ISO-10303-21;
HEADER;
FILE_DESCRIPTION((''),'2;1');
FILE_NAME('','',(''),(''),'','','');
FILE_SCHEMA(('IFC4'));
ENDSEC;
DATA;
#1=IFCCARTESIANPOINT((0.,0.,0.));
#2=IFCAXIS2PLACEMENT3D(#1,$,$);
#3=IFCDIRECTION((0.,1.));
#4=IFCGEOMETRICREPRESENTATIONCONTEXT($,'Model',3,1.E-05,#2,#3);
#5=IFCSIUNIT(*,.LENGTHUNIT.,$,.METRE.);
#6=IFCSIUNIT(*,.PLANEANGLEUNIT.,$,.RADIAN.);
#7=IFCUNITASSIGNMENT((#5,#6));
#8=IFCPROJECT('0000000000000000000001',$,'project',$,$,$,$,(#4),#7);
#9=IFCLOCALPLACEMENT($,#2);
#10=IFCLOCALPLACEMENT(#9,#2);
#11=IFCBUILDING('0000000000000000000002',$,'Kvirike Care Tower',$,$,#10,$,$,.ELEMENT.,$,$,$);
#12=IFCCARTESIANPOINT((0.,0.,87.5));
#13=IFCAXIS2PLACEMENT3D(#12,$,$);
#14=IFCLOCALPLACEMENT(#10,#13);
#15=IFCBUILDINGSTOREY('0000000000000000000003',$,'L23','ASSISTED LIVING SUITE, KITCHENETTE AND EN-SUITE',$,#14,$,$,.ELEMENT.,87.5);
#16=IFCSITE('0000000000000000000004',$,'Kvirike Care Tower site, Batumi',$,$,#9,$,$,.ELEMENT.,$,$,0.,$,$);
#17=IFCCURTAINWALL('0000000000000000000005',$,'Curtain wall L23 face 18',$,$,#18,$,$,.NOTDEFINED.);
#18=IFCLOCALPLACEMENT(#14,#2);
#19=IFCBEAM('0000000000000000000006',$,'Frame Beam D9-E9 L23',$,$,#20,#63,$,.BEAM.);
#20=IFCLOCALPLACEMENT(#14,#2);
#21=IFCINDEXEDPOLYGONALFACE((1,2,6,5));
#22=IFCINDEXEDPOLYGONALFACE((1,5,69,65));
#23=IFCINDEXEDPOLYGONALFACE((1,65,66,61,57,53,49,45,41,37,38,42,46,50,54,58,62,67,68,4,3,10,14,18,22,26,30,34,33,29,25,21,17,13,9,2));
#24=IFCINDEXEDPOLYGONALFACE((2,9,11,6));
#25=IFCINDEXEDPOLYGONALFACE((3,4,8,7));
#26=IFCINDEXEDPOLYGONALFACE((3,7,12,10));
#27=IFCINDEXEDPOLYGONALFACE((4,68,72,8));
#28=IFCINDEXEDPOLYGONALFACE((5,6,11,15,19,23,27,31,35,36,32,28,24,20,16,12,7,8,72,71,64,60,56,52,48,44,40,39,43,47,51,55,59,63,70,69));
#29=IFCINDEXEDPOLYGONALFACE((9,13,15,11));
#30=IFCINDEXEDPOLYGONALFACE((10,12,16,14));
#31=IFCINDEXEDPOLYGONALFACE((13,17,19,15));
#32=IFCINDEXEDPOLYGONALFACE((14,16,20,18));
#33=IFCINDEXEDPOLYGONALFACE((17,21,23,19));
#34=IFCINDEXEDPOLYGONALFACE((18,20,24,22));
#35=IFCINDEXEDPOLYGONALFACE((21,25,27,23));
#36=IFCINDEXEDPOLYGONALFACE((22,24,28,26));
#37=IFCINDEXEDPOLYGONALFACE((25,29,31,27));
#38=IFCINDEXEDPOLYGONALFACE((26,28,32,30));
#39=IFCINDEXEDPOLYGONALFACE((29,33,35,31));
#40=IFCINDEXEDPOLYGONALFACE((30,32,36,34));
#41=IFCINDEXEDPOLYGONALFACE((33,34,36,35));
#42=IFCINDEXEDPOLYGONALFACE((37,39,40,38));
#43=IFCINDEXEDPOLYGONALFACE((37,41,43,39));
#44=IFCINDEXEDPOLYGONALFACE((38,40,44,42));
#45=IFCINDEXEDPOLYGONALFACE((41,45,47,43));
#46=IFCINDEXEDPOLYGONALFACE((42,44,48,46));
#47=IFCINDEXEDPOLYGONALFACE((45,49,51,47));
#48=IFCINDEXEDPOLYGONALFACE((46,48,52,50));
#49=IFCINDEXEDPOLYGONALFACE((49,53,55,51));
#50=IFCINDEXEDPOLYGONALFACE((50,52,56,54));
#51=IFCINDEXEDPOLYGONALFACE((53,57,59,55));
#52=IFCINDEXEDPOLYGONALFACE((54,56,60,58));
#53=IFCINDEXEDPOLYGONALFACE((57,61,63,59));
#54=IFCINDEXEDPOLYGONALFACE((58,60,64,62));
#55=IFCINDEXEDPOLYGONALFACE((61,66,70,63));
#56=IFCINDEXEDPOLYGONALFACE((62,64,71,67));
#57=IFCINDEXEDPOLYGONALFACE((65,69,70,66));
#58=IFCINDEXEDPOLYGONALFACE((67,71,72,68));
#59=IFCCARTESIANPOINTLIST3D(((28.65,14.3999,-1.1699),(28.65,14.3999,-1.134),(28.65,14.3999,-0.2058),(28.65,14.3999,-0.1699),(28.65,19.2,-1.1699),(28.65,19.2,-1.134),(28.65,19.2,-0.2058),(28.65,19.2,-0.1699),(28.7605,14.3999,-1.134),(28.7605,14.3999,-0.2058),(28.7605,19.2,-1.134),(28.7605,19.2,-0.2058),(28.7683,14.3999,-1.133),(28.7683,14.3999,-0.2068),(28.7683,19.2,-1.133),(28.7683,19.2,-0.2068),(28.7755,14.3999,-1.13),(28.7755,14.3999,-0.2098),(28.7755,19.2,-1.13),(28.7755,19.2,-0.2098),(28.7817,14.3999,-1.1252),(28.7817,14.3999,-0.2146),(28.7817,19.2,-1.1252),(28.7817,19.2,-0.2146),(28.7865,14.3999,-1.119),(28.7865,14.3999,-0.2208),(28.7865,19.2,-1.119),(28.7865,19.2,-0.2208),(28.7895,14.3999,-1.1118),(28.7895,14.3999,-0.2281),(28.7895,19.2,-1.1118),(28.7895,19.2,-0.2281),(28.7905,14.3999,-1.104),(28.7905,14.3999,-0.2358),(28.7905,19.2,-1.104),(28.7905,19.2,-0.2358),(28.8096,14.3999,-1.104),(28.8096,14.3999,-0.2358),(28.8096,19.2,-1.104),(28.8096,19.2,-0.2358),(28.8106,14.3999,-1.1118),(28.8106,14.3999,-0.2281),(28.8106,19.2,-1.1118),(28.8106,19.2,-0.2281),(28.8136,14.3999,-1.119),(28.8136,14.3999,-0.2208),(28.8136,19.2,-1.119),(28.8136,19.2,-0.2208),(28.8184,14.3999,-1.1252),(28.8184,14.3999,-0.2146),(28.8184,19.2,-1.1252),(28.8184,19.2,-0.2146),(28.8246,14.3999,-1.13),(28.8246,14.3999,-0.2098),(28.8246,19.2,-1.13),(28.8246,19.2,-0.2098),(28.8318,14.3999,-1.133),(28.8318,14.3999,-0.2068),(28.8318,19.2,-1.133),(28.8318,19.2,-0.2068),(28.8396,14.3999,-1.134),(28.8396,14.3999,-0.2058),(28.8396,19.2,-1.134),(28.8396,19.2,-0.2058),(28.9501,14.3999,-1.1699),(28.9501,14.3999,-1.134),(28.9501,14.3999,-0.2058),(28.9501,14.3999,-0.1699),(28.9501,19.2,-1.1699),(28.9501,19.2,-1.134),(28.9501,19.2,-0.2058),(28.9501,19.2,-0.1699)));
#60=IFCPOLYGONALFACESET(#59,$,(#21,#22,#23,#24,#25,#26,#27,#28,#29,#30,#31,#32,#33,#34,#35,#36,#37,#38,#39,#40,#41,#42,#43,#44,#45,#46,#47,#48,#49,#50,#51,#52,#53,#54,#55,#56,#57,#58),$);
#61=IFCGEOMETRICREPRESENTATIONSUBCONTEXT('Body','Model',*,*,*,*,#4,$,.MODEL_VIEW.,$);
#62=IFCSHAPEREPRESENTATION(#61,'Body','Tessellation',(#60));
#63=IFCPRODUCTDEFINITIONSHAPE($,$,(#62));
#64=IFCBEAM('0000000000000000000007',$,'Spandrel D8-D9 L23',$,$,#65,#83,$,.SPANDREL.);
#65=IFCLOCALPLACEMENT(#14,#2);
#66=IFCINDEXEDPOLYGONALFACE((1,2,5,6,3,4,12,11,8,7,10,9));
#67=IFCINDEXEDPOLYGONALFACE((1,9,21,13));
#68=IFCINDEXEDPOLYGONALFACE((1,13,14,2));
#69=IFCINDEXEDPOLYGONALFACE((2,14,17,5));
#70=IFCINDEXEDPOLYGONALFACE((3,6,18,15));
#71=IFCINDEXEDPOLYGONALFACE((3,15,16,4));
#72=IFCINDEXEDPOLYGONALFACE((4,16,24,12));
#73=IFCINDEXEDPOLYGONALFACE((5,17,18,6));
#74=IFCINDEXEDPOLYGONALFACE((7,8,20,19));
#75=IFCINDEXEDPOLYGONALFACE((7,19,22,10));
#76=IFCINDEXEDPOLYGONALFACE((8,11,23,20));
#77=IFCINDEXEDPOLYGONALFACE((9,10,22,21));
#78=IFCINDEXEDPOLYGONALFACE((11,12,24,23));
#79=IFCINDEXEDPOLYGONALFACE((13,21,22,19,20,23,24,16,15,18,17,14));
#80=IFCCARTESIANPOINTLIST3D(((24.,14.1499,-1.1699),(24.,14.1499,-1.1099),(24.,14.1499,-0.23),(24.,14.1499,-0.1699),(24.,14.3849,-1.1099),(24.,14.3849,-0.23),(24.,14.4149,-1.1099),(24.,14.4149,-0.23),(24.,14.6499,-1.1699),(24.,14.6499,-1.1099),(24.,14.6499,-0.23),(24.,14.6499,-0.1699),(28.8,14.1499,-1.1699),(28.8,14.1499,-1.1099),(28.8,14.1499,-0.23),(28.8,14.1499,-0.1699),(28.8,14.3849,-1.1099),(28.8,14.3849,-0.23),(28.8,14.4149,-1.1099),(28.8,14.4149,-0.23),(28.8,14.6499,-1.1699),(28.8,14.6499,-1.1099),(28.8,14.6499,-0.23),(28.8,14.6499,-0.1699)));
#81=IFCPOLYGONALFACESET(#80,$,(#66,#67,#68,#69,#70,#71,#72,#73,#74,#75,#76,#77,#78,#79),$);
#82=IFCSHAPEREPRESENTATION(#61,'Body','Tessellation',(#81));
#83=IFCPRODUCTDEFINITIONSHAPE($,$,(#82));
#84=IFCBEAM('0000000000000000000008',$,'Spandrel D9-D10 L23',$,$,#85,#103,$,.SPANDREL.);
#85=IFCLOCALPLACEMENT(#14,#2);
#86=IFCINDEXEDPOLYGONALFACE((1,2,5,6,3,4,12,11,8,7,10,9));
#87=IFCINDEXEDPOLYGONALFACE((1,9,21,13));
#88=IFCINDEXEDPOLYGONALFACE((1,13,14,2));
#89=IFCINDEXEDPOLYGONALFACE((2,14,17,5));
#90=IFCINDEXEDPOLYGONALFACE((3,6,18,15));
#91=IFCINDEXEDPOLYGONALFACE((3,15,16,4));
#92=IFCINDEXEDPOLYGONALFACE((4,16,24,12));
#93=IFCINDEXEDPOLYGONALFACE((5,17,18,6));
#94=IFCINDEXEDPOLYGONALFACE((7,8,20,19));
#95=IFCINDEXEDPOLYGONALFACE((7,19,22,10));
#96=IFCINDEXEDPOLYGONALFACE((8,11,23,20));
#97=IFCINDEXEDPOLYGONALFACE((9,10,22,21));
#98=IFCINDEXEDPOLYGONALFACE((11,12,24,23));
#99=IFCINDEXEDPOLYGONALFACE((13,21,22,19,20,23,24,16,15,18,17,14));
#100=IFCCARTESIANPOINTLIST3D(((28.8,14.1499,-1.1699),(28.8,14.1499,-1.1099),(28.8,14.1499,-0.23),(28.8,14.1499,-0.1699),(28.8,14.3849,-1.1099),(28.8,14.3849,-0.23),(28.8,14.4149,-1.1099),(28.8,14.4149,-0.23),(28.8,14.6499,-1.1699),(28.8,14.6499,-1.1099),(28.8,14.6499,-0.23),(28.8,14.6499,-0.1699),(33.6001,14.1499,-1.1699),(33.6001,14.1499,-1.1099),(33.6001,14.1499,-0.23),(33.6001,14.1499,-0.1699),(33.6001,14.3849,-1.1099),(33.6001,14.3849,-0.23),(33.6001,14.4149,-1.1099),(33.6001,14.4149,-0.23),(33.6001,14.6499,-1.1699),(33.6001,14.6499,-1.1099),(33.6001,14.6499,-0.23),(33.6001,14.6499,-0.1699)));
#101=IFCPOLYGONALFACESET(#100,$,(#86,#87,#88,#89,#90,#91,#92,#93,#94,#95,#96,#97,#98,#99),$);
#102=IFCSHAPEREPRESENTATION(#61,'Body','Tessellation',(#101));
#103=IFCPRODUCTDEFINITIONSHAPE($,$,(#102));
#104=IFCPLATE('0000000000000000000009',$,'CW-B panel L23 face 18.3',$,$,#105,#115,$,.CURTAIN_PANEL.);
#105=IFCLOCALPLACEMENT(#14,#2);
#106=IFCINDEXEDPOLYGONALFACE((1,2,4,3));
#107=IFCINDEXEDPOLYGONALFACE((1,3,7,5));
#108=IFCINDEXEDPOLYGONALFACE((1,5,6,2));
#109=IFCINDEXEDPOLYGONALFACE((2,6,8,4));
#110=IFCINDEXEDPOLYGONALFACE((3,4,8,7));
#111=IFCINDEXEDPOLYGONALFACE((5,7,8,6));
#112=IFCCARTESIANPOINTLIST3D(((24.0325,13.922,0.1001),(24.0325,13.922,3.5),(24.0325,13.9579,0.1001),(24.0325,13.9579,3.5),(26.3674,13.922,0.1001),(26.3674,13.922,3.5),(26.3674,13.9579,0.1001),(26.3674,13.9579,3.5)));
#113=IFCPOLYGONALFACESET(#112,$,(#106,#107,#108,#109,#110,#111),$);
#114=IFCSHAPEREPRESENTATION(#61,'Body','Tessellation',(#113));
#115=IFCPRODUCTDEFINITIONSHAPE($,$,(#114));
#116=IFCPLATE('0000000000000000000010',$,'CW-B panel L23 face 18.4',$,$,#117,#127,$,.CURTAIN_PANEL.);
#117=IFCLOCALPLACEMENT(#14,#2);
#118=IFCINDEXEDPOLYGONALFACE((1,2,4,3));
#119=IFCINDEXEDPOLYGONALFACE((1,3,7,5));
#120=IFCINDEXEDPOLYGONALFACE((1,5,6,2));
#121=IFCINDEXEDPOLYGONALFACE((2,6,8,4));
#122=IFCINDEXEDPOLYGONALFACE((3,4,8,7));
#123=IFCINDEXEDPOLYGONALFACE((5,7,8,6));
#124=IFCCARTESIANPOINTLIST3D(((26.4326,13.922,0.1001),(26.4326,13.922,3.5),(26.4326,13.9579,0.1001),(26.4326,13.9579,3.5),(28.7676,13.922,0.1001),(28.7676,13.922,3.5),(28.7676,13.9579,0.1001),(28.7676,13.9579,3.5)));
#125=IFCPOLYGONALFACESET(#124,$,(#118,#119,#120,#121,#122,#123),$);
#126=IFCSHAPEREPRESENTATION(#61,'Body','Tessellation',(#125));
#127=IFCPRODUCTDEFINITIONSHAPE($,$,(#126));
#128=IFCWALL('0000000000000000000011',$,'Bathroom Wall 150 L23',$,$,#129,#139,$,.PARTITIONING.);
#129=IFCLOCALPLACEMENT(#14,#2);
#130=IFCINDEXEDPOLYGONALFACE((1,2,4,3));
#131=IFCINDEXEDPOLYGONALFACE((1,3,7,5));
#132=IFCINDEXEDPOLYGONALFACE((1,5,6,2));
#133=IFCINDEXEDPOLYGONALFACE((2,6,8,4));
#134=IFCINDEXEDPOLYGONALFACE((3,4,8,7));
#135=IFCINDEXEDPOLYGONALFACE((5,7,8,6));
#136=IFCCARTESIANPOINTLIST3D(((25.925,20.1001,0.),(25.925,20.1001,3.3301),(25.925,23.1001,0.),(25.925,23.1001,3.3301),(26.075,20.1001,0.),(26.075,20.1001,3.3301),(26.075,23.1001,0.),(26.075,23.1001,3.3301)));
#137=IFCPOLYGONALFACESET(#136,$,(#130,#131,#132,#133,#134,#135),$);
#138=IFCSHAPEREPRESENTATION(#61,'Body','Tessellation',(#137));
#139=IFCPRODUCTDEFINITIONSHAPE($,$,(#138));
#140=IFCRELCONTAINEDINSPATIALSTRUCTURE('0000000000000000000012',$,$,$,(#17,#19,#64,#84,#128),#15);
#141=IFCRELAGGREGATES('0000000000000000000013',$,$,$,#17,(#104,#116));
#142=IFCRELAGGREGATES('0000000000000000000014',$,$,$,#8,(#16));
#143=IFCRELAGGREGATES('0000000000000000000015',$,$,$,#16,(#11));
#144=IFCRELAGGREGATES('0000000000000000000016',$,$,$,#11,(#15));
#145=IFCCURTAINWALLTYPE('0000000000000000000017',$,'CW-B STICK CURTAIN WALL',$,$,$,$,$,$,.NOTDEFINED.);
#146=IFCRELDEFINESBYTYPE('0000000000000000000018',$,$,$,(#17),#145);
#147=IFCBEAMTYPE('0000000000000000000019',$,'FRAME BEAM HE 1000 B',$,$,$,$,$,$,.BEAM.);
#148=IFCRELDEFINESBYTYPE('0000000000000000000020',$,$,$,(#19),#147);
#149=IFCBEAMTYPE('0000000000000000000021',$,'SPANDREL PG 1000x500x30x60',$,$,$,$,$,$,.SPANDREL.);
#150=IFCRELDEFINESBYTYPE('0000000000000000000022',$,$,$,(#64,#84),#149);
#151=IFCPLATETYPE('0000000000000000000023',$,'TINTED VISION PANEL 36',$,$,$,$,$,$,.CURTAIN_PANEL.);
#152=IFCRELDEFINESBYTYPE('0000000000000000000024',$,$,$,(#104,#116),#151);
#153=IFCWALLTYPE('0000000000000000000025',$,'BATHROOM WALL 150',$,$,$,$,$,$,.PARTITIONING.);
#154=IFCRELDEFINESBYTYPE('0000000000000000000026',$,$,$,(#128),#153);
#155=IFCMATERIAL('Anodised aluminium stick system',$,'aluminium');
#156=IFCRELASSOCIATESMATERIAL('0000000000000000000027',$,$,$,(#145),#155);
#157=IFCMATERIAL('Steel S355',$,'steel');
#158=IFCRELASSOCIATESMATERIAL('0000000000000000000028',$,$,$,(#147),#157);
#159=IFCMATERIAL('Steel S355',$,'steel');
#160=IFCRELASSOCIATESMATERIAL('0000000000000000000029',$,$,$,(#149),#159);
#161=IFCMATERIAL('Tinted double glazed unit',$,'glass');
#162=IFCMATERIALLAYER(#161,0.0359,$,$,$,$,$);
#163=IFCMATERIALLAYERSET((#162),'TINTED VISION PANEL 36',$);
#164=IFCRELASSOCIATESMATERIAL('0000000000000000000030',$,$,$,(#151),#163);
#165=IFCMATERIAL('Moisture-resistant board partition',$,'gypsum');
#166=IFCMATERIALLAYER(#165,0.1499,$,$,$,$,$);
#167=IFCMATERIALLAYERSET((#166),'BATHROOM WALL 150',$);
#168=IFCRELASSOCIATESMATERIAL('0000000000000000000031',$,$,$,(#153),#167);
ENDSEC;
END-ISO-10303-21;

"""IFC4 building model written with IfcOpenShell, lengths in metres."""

from ifc_helpers import new_model, si_unit, direction, frame, frame_2d, origin, origin_2d, place, context, subcontext, project, spatial, rectangle, i_section, extrude, material, layer, layer_set, material_profile, profile_set, type_object, element, aggregate, save


model = new_model("IFC4")

# Units and contexts
model_context = context("Model", 3, precision=1e-05, world=origin(), true_north=direction((0.0, 1.0)))
body_context = subcontext(model_context, "Body", "Model", "MODEL_VIEW")
ifc_project = project(units=[si_unit("LENGTHUNIT", "METRE"), si_unit("PLANEANGLEUNIT", "RADIAN")], contexts=[model_context])

# Site, building, storey
site_placement = place(None, origin())
site = spatial("IfcSite", under=ifc_project, at=site_placement, Name="Kvirike Care Tower site, Batumi", CompositionType="ELEMENT", RefElevation=0.0)
building_placement = place(site_placement, origin())
building = spatial("IfcBuilding", under=site, at=building_placement, Name="Kvirike Care Tower", CompositionType="ELEMENT")
storey_placement = place(building_placement, frame((0.0, 0.0, 87.5)))
storey = spatial("IfcBuildingStorey", under=building, at=storey_placement, Name="L23", Description="ASSISTED LIVING SUITE, KITCHENETTE AND EN-SUITE", CompositionType="ELEMENT", Elevation=87.5)

# Curtain wall
ifc_material_1 = material(Name="Anodised aluminium stick system", Category="aluminium")
curtain_wall_type = type_object("IfcCurtainWallType", Name="CW-B STICK CURTAIN WALL", PredefinedType="NOTDEFINED", material=ifc_material_1)
curtain_wall_placement = place(storey_placement, origin())
curtain_wall = element("IfcCurtainWall", 1, at=curtain_wall_placement, inside=storey, type_object=curtain_wall_type, Name="Curtain wall L23 face 18", PredefinedType="NOTDEFINED")

# Beams
ifc_material_2 = material(Name="Steel S355", Category="steel")
ifc_material_profile_1 = material_profile(ifc_material_2, i_section(OverallWidth=0.3, OverallDepth=1.0, WebThickness=0.019, FlangeThickness=0.0359, FilletRadius=0.03, at=origin_2d()), Name="HE 1000 B")
ifc_profile_set_1 = profile_set([ifc_material_profile_1], Name="Steel S355")
beam_type_1 = type_object("IfcBeamType", Name="FRAME BEAM HE 1000 B", PredefinedType="BEAM", material=ifc_profile_set_1)
beam_placement = place(storey_placement, frame((28.8, 14.3999, -0.6699), z_axis=(0.0, 1.0, 0.0), x_axis=(-1.0, 0.0, 0.0)))
element("IfcBeam", 2, at=beam_placement, inside=storey, type_object=beam_type_1, Name="Frame Beam D9-E9 L23", PredefinedType="BEAM", context=body_context, shape_type="SweptSolid", body=[
    extrude(i_section(OverallWidth=0.3, OverallDepth=1.0, WebThickness=0.019, FlangeThickness=0.0359, FilletRadius=0.03, at=origin_2d()), origin(), (0.0, 0.0, 1.0), 4.8),
])
ifc_material_3 = material(Name="Steel S355", Category="steel")
ifc_material_profile_2 = material_profile(ifc_material_3, i_section(OverallWidth=0.5, OverallDepth=1.0, WebThickness=0.03, FlangeThickness=0.0601, at=origin_2d()), Name="PG 1000x500x30x60")
ifc_profile_set_2 = profile_set([ifc_material_profile_2], Name="Steel S355")
beam_type_2 = type_object("IfcBeamType", Name="SPANDREL PG 1000x500x30x60", PredefinedType="SPANDREL", material=ifc_profile_set_2)
for number, where, z_axis, x_axis, name in (
    (3, (24.0, 14.3999, -0.6699), (1.0, 0.0, 0.0), (0.0, 1.0, 0.0), "Spandrel D8-D9 L23"),
    (4, (28.8, 14.3999, -0.6699), (1.0, 0.0, 0.0), (0.0, 1.0, 0.0), "Spandrel D9-D10 L23"),
):
    element("IfcBeam", number, at=place(storey_placement, frame(where, z_axis=z_axis, x_axis=x_axis)), inside=storey, type_object=beam_type_2, Name=name, PredefinedType="SPANDREL", context=body_context, shape_type="SweptSolid", body=[
        extrude(i_section(OverallWidth=0.5, OverallDepth=1.0, WebThickness=0.03, FlangeThickness=0.0601, at=origin_2d()), origin(), (0.0, 0.0, 1.0), 4.8),
    ])

# Plates
ifc_material_4 = material(Name="Tinted double glazed unit", Category="glass")
ifc_layer_1 = layer(ifc_material_4, 0.0359)
ifc_layer_set_1 = layer_set([ifc_layer_1], Name="TINTED VISION PANEL 36")
plate_type = type_object("IfcPlateType", Name="TINTED VISION PANEL 36", PredefinedType="CURTAIN_PANEL", material=ifc_layer_set_1)
plate_1_placement = place(storey_placement, frame((25.2, 13.9399, 0.1001), z_axis=(0.0, 0.0, 1.0), x_axis=(1.0, 0.0, 0.0)))
plate_1 = element("IfcPlate", 5, at=plate_1_placement, type_object=plate_type, Name="CW-B panel L23 face 18.3", PredefinedType="CURTAIN_PANEL", context=body_context, shape_type="SweptSolid", body=[
    extrude(rectangle(XDim=2.335, YDim=0.0359, at=origin_2d()), origin(), (0.0, 0.0, 1.0), 3.3999),
])
plate_2_placement = place(storey_placement, frame((27.6001, 13.9399, 0.1001), z_axis=(0.0, 0.0, 1.0), x_axis=(1.0, 0.0, 0.0)))
plate_2 = element("IfcPlate", 6, at=plate_2_placement, type_object=plate_type, Name="CW-B panel L23 face 18.4", PredefinedType="CURTAIN_PANEL", context=body_context, shape_type="SweptSolid", body=[
    extrude(rectangle(XDim=2.335, YDim=0.0359, at=origin_2d()), origin(), (0.0, 0.0, 1.0), 3.3999),
])
aggregate(curtain_wall, [plate_1, plate_2])

# Wall
ifc_material_5 = material(Name="Moisture-resistant board partition", Category="gypsum")
ifc_layer_2 = layer(ifc_material_5, 0.1499)
ifc_layer_set_2 = layer_set([ifc_layer_2], Name="BATHROOM WALL 150")
wall_type_1 = type_object("IfcWallType", Name="BATHROOM WALL 150", PredefinedType="PARTITIONING", material=ifc_layer_set_2)
wall_1_placement = place(storey_placement, frame((26.0, 20.1001, 0.0), z_axis=(0.0, 0.0, 1.0), x_axis=(0.0, 1.0, 0.0)))
element("IfcWall", 7, at=wall_1_placement, inside=storey, type_object=wall_type_1, Name="Bathroom Wall 150 L23", PredefinedType="PARTITIONING", context=body_context, shape_type="SweptSolid", body=[
    extrude(rectangle(XDim=3.0, YDim=0.1499, at=frame_2d((1.5, 0.0))), origin(), (0.0, 0.0, 1.0), 3.3301),
])

save(model, "model.ifc")
